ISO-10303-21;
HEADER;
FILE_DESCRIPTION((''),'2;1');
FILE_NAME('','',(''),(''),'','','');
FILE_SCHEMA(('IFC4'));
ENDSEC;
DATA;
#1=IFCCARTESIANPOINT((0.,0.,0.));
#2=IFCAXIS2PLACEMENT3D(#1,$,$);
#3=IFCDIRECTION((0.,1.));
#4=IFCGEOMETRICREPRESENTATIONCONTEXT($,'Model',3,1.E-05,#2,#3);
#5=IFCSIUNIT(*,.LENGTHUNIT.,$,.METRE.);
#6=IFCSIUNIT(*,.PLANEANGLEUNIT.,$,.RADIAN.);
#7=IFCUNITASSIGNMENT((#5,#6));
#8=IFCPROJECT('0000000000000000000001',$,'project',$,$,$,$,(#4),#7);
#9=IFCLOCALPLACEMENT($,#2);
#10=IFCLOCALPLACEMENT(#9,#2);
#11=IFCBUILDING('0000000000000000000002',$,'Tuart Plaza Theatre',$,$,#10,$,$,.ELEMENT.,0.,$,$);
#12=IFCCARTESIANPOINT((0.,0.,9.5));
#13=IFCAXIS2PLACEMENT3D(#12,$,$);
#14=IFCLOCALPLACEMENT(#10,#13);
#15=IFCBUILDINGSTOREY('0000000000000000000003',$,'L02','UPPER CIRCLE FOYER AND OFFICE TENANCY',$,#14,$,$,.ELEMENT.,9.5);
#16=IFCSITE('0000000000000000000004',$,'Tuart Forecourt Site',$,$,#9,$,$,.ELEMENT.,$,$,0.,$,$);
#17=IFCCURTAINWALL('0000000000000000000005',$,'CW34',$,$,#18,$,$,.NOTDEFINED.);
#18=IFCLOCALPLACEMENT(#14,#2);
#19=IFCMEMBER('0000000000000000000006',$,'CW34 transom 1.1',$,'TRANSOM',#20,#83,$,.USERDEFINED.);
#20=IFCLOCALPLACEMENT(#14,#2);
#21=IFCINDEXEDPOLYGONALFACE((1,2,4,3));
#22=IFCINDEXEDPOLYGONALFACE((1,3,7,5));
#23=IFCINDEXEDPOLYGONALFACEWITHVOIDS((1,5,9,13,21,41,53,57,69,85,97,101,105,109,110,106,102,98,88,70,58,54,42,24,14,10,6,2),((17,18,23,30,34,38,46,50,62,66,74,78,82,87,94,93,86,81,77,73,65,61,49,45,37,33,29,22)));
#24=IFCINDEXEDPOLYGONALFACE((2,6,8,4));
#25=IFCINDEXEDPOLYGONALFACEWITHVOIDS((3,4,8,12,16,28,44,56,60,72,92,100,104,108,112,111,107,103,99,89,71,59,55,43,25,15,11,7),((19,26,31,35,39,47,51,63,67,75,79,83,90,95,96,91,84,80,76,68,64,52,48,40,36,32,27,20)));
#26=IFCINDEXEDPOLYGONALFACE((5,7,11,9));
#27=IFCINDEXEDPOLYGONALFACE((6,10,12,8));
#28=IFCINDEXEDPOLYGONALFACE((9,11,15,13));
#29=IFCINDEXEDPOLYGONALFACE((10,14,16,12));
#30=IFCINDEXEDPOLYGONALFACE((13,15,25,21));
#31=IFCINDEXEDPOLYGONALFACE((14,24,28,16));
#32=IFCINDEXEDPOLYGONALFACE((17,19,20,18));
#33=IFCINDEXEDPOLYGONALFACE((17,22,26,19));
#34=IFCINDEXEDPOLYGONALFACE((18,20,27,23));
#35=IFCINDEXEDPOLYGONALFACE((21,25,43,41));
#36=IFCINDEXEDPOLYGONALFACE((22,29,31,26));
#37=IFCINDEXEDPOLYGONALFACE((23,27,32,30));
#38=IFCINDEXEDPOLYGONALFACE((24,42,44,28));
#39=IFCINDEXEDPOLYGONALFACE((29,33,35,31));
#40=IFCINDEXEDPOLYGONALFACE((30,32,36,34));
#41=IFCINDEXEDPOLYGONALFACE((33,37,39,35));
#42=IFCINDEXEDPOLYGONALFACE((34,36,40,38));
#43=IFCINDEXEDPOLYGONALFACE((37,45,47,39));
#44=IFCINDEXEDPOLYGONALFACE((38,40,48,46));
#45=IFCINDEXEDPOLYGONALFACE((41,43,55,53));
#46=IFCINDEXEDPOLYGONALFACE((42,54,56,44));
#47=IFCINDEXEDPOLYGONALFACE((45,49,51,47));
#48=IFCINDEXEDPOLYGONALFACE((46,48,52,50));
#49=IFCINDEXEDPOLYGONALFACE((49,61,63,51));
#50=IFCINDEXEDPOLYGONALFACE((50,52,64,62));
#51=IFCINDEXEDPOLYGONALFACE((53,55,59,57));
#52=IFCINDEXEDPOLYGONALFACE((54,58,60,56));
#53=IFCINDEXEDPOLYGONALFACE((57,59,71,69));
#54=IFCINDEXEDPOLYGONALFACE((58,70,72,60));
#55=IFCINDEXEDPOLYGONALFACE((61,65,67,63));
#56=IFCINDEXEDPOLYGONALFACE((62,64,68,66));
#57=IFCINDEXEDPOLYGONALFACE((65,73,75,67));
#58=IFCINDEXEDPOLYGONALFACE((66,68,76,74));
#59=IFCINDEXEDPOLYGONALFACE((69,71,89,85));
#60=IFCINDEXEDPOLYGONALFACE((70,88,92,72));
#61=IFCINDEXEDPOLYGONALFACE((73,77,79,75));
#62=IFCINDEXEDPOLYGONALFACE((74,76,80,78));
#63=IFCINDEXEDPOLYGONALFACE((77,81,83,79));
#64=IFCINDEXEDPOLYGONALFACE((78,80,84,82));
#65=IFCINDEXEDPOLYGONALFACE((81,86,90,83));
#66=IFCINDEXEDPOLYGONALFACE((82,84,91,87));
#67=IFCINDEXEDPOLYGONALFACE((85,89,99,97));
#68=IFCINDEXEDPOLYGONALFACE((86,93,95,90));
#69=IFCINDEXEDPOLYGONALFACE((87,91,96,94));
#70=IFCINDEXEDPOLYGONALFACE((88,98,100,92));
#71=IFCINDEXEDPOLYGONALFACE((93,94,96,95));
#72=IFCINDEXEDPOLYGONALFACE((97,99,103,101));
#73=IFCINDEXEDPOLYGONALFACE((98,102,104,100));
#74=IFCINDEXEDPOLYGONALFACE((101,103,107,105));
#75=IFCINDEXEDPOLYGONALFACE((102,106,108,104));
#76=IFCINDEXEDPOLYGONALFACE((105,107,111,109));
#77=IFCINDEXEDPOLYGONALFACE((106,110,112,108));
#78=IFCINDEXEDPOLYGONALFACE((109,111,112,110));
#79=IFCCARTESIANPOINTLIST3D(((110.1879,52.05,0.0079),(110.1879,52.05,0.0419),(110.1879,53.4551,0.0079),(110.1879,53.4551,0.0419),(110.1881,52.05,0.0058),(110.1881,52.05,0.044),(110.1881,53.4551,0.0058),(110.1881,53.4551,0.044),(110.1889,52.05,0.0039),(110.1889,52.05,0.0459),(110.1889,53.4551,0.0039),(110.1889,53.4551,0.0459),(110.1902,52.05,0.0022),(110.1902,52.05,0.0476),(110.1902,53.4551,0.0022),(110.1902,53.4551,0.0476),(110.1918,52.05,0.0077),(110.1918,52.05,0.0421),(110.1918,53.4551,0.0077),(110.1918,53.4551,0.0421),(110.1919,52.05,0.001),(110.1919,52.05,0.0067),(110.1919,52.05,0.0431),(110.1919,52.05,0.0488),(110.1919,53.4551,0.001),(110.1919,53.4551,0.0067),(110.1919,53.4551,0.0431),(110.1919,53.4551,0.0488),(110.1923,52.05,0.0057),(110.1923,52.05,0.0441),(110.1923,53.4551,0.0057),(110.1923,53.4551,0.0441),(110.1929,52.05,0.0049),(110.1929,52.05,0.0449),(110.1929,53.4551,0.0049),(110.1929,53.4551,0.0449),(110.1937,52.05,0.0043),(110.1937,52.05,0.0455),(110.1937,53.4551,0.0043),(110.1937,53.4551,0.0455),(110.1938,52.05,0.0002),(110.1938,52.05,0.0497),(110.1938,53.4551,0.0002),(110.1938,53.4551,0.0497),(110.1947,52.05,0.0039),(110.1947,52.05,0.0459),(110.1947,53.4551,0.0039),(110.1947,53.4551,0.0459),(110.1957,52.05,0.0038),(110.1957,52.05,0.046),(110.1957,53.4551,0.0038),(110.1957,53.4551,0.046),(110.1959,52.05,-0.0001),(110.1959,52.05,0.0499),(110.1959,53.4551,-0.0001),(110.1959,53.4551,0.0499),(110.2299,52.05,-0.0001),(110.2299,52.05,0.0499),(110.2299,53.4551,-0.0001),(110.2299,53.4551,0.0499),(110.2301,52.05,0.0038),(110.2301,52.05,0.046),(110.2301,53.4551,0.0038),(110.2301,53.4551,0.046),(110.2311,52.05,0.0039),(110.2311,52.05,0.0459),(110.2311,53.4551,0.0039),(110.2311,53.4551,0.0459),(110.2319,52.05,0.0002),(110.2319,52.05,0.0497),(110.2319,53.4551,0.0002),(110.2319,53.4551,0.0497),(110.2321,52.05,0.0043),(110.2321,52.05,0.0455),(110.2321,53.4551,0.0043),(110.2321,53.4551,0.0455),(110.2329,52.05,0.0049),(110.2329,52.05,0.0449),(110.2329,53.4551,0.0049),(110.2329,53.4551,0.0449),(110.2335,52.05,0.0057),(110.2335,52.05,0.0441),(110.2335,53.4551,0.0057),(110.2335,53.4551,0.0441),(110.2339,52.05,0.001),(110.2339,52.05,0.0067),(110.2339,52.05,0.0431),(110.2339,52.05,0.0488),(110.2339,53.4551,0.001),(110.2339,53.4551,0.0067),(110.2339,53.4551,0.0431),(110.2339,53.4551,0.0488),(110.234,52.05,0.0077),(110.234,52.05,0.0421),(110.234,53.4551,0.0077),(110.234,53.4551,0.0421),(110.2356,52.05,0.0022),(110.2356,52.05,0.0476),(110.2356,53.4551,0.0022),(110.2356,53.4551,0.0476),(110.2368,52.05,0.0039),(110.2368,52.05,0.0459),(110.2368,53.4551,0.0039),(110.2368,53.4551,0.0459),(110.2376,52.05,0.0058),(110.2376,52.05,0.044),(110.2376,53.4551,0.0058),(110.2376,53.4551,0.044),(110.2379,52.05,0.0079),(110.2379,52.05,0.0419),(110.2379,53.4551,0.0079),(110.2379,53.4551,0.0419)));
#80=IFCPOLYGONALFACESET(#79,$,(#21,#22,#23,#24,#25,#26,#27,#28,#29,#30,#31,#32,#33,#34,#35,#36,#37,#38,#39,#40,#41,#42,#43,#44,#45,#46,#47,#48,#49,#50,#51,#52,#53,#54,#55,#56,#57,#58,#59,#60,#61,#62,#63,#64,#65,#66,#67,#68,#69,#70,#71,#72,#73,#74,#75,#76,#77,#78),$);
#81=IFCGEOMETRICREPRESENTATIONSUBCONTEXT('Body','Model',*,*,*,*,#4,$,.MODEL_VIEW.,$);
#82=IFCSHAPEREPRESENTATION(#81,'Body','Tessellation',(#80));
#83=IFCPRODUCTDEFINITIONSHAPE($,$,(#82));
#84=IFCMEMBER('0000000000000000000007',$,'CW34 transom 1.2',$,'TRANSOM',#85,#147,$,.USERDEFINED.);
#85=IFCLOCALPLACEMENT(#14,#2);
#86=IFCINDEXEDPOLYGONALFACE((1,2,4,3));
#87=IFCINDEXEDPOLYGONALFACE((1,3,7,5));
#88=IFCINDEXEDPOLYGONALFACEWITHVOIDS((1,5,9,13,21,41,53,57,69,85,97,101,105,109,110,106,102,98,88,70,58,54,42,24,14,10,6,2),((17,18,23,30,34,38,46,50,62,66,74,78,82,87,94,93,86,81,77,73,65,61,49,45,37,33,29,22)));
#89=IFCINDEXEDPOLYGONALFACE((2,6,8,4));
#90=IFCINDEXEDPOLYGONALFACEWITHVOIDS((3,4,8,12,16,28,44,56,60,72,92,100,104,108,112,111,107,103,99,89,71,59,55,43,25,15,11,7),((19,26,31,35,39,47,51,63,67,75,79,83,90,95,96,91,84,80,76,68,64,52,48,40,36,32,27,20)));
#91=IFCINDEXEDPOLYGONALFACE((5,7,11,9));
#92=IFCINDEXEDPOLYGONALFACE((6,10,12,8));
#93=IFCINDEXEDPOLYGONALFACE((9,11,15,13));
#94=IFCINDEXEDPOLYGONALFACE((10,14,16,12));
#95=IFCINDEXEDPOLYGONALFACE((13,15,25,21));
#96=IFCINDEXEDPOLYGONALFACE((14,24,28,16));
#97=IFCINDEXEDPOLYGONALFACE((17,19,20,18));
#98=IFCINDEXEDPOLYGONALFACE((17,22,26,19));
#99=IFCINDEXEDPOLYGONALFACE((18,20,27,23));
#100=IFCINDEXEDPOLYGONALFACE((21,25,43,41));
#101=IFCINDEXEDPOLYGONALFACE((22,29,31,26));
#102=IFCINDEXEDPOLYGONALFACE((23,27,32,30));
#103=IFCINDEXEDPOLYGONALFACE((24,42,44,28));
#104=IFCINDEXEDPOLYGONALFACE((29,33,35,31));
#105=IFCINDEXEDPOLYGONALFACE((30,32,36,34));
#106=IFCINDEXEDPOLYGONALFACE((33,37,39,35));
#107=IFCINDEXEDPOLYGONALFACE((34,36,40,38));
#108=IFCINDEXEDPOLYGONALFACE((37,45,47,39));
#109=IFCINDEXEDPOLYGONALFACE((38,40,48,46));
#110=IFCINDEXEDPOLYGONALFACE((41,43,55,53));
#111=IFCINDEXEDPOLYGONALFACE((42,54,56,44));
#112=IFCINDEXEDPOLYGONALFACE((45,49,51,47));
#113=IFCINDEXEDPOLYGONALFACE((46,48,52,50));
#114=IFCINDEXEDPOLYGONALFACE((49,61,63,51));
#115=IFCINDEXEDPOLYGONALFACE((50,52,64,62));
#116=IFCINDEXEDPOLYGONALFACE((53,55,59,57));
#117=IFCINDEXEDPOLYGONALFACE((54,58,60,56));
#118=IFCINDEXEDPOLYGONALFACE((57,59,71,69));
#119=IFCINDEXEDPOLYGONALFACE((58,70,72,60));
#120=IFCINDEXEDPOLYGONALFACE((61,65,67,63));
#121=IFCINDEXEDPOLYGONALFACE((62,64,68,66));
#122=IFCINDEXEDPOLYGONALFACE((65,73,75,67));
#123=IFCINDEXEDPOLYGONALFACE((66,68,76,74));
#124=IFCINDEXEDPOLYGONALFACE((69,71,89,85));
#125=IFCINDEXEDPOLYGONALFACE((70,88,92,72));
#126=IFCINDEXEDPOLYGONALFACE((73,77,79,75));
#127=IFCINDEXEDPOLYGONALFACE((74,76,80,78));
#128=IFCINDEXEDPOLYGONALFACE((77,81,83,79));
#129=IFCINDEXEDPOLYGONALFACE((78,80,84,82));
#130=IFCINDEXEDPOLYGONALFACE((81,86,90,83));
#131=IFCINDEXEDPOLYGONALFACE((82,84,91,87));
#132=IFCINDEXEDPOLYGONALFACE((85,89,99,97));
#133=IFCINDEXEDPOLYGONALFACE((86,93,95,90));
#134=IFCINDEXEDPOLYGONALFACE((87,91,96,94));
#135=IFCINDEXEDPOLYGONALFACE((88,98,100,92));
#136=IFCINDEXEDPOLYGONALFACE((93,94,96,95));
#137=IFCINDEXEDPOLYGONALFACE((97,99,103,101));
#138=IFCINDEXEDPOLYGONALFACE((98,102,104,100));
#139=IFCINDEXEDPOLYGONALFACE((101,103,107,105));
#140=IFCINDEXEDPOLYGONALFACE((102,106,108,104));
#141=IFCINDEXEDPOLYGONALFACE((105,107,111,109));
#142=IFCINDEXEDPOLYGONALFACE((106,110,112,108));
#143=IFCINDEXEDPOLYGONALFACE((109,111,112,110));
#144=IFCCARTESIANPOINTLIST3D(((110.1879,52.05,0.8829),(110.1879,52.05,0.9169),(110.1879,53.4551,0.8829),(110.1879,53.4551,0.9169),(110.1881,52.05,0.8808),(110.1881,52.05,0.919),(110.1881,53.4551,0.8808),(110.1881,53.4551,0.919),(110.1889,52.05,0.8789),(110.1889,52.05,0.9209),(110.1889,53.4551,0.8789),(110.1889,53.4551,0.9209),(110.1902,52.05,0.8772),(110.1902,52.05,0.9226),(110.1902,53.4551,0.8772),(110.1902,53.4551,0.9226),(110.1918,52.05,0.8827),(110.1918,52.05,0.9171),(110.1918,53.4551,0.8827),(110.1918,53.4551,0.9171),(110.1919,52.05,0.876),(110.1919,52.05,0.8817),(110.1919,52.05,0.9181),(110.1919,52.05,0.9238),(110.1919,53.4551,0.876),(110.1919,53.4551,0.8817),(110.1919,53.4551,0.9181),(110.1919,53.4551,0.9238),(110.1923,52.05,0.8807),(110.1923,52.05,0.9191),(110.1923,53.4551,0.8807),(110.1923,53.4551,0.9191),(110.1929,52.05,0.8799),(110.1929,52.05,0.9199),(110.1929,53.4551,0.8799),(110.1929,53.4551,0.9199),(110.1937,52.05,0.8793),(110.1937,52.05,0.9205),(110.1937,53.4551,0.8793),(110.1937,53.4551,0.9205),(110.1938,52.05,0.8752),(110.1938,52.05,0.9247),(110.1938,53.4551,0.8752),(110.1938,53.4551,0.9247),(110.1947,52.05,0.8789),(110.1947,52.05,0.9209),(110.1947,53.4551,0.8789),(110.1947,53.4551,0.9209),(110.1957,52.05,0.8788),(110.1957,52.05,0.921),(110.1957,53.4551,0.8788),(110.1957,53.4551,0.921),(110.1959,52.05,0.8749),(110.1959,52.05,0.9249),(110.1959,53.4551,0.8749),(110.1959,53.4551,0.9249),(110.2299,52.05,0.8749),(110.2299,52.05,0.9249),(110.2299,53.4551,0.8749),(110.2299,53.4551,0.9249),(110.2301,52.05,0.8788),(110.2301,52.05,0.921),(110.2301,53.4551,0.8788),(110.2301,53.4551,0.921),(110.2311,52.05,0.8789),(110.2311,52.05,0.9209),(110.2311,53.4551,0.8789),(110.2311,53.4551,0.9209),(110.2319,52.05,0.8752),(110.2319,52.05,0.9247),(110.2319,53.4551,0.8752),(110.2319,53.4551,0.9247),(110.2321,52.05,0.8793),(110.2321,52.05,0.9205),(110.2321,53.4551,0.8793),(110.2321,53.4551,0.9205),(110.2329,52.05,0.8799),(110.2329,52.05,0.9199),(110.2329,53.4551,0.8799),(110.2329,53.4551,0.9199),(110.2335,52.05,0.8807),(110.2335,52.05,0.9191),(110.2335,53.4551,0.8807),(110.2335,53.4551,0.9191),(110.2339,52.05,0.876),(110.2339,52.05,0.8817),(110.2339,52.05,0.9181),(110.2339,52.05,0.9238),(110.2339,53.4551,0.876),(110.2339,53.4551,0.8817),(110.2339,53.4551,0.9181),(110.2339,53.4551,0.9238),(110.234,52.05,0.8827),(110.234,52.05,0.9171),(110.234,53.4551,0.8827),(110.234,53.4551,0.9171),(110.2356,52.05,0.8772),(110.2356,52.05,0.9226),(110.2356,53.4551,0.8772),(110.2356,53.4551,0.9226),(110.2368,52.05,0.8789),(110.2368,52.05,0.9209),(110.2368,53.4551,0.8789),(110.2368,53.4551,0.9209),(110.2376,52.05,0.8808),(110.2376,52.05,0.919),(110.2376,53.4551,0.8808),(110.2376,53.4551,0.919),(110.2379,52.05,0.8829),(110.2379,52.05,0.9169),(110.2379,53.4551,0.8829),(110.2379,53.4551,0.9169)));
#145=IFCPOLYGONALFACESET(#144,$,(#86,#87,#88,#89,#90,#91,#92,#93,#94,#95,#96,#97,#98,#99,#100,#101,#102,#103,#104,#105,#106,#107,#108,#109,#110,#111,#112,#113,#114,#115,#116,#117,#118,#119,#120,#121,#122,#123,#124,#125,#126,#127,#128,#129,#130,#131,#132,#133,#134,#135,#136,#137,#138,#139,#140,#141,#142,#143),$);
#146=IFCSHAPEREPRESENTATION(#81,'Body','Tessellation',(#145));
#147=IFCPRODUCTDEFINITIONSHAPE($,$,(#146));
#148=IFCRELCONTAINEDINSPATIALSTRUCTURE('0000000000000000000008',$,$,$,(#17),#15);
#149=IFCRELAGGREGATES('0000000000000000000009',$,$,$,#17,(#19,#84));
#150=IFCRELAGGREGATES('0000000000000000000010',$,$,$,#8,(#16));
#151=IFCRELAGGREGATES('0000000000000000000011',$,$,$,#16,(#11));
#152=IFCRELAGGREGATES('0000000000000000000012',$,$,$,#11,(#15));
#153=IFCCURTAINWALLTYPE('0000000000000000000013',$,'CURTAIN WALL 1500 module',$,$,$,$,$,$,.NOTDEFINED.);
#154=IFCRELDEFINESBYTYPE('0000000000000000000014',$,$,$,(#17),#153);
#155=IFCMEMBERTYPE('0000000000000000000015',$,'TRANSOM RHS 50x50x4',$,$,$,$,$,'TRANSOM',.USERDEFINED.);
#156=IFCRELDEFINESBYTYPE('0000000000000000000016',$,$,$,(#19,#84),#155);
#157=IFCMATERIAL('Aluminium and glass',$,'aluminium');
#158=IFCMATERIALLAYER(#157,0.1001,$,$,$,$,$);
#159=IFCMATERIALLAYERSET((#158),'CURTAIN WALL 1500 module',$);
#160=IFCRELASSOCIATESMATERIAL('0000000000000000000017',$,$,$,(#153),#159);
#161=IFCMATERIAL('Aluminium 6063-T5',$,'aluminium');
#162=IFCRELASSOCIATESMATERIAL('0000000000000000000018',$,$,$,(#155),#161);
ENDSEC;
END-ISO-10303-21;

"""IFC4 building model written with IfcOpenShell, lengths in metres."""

from ifc_helpers import new_model, si_unit, direction, frame, origin, origin_2d, place, context, subcontext, project, spatial, hollow_rectangle, extrude, material, layer, layer_set, material_profile, profile_set, type_object, element, aggregate, save


model = new_model("IFC4")

# Units and contexts
model_context = context("Model", 3, precision=1e-05, world=origin(), true_north=direction((0.0, 1.0)))
body_context = subcontext(model_context, "Body", "Model", "MODEL_VIEW")
ifc_project = project(units=[si_unit("LENGTHUNIT", "METRE"), si_unit("PLANEANGLEUNIT", "RADIAN")], contexts=[model_context])

# Site, building, storey
site_placement = place(None, origin())
site = spatial("IfcSite", under=ifc_project, at=site_placement, Name="Tuart Forecourt Site", CompositionType="ELEMENT", RefElevation=0.0)
building_placement = place(site_placement, origin())
building = spatial("IfcBuilding", under=site, at=building_placement, Name="Tuart Plaza Theatre", CompositionType="ELEMENT", ElevationOfRefHeight=0.0)
storey_placement = place(building_placement, frame((0.0, 0.0, 9.5)))
storey = spatial("IfcBuildingStorey", under=building, at=storey_placement, Name="L02", Description="UPPER CIRCLE FOYER AND OFFICE TENANCY", CompositionType="ELEMENT", Elevation=9.5)

# Curtain wall, members
ifc_material_1 = material(Name="Aluminium and glass", Category="aluminium")
ifc_layer_1 = layer(ifc_material_1, 0.1001)
ifc_layer_set_1 = layer_set([ifc_layer_1], Name="CURTAIN WALL 1500 module")
curtain_wall_type = type_object("IfcCurtainWallType", Name="CURTAIN WALL 1500 module", PredefinedType="NOTDEFINED", material=ifc_layer_set_1)
curtain_wall_placement = place(storey_placement, origin())
curtain_wall = element("IfcCurtainWall", 1, at=curtain_wall_placement, inside=storey, type_object=curtain_wall_type, Name="CW34", PredefinedType="NOTDEFINED")
ifc_material_2 = material(Name="Aluminium 6063-T5", Category="aluminium")
ifc_material_profile_1 = material_profile(ifc_material_2, hollow_rectangle(XDim=0.05, YDim=0.05, WallThickness=0.0039, InnerFilletRadius=0.0039, OuterFilletRadius=0.0081, at=origin_2d()), Name="RHS 50x50x4")
ifc_profile_set_1 = profile_set([ifc_material_profile_1], Name="Aluminium 6063-T5")
member_type_1 = type_object("IfcMemberType", Name="TRANSOM RHS 50x50x4", ElementType="TRANSOM", PredefinedType="USERDEFINED", material=ifc_profile_set_1)
member_1_placement = place(storey_placement, frame((110.2129, 52.05, 0.0249), z_axis=(0.0, 1.0, 0.0), x_axis=(-1.0, 0.0, 0.0)))
member_1 = element("IfcMember", 2, at=member_1_placement, type_object=member_type_1, Name="CW34 transom 1.1", ObjectType="TRANSOM", PredefinedType="USERDEFINED", context=body_context, shape_type="SweptSolid", body=[
    extrude(hollow_rectangle(XDim=0.05, YDim=0.05, WallThickness=0.0039, InnerFilletRadius=0.0039, OuterFilletRadius=0.0081, at=origin_2d()), origin(), (0.0, 0.0, 1.0), 1.405),
])
member_2_placement = place(storey_placement, frame((110.2129, 52.05, 0.8999), z_axis=(0.0, 1.0, 0.0), x_axis=(-1.0, 0.0, 0.0)))
member_2 = element("IfcMember", 3, at=member_2_placement, type_object=member_type_1, Name="CW34 transom 1.2", ObjectType="TRANSOM", PredefinedType="USERDEFINED", context=body_context, shape_type="SweptSolid", body=[
    extrude(hollow_rectangle(XDim=0.05, YDim=0.05, WallThickness=0.0039, InnerFilletRadius=0.0039, OuterFilletRadius=0.0081, at=origin_2d()), origin(), (0.0, 0.0, 1.0), 1.405),
])
aggregate(curtain_wall, [member_1, member_2])

save(model, "model.ifc")
